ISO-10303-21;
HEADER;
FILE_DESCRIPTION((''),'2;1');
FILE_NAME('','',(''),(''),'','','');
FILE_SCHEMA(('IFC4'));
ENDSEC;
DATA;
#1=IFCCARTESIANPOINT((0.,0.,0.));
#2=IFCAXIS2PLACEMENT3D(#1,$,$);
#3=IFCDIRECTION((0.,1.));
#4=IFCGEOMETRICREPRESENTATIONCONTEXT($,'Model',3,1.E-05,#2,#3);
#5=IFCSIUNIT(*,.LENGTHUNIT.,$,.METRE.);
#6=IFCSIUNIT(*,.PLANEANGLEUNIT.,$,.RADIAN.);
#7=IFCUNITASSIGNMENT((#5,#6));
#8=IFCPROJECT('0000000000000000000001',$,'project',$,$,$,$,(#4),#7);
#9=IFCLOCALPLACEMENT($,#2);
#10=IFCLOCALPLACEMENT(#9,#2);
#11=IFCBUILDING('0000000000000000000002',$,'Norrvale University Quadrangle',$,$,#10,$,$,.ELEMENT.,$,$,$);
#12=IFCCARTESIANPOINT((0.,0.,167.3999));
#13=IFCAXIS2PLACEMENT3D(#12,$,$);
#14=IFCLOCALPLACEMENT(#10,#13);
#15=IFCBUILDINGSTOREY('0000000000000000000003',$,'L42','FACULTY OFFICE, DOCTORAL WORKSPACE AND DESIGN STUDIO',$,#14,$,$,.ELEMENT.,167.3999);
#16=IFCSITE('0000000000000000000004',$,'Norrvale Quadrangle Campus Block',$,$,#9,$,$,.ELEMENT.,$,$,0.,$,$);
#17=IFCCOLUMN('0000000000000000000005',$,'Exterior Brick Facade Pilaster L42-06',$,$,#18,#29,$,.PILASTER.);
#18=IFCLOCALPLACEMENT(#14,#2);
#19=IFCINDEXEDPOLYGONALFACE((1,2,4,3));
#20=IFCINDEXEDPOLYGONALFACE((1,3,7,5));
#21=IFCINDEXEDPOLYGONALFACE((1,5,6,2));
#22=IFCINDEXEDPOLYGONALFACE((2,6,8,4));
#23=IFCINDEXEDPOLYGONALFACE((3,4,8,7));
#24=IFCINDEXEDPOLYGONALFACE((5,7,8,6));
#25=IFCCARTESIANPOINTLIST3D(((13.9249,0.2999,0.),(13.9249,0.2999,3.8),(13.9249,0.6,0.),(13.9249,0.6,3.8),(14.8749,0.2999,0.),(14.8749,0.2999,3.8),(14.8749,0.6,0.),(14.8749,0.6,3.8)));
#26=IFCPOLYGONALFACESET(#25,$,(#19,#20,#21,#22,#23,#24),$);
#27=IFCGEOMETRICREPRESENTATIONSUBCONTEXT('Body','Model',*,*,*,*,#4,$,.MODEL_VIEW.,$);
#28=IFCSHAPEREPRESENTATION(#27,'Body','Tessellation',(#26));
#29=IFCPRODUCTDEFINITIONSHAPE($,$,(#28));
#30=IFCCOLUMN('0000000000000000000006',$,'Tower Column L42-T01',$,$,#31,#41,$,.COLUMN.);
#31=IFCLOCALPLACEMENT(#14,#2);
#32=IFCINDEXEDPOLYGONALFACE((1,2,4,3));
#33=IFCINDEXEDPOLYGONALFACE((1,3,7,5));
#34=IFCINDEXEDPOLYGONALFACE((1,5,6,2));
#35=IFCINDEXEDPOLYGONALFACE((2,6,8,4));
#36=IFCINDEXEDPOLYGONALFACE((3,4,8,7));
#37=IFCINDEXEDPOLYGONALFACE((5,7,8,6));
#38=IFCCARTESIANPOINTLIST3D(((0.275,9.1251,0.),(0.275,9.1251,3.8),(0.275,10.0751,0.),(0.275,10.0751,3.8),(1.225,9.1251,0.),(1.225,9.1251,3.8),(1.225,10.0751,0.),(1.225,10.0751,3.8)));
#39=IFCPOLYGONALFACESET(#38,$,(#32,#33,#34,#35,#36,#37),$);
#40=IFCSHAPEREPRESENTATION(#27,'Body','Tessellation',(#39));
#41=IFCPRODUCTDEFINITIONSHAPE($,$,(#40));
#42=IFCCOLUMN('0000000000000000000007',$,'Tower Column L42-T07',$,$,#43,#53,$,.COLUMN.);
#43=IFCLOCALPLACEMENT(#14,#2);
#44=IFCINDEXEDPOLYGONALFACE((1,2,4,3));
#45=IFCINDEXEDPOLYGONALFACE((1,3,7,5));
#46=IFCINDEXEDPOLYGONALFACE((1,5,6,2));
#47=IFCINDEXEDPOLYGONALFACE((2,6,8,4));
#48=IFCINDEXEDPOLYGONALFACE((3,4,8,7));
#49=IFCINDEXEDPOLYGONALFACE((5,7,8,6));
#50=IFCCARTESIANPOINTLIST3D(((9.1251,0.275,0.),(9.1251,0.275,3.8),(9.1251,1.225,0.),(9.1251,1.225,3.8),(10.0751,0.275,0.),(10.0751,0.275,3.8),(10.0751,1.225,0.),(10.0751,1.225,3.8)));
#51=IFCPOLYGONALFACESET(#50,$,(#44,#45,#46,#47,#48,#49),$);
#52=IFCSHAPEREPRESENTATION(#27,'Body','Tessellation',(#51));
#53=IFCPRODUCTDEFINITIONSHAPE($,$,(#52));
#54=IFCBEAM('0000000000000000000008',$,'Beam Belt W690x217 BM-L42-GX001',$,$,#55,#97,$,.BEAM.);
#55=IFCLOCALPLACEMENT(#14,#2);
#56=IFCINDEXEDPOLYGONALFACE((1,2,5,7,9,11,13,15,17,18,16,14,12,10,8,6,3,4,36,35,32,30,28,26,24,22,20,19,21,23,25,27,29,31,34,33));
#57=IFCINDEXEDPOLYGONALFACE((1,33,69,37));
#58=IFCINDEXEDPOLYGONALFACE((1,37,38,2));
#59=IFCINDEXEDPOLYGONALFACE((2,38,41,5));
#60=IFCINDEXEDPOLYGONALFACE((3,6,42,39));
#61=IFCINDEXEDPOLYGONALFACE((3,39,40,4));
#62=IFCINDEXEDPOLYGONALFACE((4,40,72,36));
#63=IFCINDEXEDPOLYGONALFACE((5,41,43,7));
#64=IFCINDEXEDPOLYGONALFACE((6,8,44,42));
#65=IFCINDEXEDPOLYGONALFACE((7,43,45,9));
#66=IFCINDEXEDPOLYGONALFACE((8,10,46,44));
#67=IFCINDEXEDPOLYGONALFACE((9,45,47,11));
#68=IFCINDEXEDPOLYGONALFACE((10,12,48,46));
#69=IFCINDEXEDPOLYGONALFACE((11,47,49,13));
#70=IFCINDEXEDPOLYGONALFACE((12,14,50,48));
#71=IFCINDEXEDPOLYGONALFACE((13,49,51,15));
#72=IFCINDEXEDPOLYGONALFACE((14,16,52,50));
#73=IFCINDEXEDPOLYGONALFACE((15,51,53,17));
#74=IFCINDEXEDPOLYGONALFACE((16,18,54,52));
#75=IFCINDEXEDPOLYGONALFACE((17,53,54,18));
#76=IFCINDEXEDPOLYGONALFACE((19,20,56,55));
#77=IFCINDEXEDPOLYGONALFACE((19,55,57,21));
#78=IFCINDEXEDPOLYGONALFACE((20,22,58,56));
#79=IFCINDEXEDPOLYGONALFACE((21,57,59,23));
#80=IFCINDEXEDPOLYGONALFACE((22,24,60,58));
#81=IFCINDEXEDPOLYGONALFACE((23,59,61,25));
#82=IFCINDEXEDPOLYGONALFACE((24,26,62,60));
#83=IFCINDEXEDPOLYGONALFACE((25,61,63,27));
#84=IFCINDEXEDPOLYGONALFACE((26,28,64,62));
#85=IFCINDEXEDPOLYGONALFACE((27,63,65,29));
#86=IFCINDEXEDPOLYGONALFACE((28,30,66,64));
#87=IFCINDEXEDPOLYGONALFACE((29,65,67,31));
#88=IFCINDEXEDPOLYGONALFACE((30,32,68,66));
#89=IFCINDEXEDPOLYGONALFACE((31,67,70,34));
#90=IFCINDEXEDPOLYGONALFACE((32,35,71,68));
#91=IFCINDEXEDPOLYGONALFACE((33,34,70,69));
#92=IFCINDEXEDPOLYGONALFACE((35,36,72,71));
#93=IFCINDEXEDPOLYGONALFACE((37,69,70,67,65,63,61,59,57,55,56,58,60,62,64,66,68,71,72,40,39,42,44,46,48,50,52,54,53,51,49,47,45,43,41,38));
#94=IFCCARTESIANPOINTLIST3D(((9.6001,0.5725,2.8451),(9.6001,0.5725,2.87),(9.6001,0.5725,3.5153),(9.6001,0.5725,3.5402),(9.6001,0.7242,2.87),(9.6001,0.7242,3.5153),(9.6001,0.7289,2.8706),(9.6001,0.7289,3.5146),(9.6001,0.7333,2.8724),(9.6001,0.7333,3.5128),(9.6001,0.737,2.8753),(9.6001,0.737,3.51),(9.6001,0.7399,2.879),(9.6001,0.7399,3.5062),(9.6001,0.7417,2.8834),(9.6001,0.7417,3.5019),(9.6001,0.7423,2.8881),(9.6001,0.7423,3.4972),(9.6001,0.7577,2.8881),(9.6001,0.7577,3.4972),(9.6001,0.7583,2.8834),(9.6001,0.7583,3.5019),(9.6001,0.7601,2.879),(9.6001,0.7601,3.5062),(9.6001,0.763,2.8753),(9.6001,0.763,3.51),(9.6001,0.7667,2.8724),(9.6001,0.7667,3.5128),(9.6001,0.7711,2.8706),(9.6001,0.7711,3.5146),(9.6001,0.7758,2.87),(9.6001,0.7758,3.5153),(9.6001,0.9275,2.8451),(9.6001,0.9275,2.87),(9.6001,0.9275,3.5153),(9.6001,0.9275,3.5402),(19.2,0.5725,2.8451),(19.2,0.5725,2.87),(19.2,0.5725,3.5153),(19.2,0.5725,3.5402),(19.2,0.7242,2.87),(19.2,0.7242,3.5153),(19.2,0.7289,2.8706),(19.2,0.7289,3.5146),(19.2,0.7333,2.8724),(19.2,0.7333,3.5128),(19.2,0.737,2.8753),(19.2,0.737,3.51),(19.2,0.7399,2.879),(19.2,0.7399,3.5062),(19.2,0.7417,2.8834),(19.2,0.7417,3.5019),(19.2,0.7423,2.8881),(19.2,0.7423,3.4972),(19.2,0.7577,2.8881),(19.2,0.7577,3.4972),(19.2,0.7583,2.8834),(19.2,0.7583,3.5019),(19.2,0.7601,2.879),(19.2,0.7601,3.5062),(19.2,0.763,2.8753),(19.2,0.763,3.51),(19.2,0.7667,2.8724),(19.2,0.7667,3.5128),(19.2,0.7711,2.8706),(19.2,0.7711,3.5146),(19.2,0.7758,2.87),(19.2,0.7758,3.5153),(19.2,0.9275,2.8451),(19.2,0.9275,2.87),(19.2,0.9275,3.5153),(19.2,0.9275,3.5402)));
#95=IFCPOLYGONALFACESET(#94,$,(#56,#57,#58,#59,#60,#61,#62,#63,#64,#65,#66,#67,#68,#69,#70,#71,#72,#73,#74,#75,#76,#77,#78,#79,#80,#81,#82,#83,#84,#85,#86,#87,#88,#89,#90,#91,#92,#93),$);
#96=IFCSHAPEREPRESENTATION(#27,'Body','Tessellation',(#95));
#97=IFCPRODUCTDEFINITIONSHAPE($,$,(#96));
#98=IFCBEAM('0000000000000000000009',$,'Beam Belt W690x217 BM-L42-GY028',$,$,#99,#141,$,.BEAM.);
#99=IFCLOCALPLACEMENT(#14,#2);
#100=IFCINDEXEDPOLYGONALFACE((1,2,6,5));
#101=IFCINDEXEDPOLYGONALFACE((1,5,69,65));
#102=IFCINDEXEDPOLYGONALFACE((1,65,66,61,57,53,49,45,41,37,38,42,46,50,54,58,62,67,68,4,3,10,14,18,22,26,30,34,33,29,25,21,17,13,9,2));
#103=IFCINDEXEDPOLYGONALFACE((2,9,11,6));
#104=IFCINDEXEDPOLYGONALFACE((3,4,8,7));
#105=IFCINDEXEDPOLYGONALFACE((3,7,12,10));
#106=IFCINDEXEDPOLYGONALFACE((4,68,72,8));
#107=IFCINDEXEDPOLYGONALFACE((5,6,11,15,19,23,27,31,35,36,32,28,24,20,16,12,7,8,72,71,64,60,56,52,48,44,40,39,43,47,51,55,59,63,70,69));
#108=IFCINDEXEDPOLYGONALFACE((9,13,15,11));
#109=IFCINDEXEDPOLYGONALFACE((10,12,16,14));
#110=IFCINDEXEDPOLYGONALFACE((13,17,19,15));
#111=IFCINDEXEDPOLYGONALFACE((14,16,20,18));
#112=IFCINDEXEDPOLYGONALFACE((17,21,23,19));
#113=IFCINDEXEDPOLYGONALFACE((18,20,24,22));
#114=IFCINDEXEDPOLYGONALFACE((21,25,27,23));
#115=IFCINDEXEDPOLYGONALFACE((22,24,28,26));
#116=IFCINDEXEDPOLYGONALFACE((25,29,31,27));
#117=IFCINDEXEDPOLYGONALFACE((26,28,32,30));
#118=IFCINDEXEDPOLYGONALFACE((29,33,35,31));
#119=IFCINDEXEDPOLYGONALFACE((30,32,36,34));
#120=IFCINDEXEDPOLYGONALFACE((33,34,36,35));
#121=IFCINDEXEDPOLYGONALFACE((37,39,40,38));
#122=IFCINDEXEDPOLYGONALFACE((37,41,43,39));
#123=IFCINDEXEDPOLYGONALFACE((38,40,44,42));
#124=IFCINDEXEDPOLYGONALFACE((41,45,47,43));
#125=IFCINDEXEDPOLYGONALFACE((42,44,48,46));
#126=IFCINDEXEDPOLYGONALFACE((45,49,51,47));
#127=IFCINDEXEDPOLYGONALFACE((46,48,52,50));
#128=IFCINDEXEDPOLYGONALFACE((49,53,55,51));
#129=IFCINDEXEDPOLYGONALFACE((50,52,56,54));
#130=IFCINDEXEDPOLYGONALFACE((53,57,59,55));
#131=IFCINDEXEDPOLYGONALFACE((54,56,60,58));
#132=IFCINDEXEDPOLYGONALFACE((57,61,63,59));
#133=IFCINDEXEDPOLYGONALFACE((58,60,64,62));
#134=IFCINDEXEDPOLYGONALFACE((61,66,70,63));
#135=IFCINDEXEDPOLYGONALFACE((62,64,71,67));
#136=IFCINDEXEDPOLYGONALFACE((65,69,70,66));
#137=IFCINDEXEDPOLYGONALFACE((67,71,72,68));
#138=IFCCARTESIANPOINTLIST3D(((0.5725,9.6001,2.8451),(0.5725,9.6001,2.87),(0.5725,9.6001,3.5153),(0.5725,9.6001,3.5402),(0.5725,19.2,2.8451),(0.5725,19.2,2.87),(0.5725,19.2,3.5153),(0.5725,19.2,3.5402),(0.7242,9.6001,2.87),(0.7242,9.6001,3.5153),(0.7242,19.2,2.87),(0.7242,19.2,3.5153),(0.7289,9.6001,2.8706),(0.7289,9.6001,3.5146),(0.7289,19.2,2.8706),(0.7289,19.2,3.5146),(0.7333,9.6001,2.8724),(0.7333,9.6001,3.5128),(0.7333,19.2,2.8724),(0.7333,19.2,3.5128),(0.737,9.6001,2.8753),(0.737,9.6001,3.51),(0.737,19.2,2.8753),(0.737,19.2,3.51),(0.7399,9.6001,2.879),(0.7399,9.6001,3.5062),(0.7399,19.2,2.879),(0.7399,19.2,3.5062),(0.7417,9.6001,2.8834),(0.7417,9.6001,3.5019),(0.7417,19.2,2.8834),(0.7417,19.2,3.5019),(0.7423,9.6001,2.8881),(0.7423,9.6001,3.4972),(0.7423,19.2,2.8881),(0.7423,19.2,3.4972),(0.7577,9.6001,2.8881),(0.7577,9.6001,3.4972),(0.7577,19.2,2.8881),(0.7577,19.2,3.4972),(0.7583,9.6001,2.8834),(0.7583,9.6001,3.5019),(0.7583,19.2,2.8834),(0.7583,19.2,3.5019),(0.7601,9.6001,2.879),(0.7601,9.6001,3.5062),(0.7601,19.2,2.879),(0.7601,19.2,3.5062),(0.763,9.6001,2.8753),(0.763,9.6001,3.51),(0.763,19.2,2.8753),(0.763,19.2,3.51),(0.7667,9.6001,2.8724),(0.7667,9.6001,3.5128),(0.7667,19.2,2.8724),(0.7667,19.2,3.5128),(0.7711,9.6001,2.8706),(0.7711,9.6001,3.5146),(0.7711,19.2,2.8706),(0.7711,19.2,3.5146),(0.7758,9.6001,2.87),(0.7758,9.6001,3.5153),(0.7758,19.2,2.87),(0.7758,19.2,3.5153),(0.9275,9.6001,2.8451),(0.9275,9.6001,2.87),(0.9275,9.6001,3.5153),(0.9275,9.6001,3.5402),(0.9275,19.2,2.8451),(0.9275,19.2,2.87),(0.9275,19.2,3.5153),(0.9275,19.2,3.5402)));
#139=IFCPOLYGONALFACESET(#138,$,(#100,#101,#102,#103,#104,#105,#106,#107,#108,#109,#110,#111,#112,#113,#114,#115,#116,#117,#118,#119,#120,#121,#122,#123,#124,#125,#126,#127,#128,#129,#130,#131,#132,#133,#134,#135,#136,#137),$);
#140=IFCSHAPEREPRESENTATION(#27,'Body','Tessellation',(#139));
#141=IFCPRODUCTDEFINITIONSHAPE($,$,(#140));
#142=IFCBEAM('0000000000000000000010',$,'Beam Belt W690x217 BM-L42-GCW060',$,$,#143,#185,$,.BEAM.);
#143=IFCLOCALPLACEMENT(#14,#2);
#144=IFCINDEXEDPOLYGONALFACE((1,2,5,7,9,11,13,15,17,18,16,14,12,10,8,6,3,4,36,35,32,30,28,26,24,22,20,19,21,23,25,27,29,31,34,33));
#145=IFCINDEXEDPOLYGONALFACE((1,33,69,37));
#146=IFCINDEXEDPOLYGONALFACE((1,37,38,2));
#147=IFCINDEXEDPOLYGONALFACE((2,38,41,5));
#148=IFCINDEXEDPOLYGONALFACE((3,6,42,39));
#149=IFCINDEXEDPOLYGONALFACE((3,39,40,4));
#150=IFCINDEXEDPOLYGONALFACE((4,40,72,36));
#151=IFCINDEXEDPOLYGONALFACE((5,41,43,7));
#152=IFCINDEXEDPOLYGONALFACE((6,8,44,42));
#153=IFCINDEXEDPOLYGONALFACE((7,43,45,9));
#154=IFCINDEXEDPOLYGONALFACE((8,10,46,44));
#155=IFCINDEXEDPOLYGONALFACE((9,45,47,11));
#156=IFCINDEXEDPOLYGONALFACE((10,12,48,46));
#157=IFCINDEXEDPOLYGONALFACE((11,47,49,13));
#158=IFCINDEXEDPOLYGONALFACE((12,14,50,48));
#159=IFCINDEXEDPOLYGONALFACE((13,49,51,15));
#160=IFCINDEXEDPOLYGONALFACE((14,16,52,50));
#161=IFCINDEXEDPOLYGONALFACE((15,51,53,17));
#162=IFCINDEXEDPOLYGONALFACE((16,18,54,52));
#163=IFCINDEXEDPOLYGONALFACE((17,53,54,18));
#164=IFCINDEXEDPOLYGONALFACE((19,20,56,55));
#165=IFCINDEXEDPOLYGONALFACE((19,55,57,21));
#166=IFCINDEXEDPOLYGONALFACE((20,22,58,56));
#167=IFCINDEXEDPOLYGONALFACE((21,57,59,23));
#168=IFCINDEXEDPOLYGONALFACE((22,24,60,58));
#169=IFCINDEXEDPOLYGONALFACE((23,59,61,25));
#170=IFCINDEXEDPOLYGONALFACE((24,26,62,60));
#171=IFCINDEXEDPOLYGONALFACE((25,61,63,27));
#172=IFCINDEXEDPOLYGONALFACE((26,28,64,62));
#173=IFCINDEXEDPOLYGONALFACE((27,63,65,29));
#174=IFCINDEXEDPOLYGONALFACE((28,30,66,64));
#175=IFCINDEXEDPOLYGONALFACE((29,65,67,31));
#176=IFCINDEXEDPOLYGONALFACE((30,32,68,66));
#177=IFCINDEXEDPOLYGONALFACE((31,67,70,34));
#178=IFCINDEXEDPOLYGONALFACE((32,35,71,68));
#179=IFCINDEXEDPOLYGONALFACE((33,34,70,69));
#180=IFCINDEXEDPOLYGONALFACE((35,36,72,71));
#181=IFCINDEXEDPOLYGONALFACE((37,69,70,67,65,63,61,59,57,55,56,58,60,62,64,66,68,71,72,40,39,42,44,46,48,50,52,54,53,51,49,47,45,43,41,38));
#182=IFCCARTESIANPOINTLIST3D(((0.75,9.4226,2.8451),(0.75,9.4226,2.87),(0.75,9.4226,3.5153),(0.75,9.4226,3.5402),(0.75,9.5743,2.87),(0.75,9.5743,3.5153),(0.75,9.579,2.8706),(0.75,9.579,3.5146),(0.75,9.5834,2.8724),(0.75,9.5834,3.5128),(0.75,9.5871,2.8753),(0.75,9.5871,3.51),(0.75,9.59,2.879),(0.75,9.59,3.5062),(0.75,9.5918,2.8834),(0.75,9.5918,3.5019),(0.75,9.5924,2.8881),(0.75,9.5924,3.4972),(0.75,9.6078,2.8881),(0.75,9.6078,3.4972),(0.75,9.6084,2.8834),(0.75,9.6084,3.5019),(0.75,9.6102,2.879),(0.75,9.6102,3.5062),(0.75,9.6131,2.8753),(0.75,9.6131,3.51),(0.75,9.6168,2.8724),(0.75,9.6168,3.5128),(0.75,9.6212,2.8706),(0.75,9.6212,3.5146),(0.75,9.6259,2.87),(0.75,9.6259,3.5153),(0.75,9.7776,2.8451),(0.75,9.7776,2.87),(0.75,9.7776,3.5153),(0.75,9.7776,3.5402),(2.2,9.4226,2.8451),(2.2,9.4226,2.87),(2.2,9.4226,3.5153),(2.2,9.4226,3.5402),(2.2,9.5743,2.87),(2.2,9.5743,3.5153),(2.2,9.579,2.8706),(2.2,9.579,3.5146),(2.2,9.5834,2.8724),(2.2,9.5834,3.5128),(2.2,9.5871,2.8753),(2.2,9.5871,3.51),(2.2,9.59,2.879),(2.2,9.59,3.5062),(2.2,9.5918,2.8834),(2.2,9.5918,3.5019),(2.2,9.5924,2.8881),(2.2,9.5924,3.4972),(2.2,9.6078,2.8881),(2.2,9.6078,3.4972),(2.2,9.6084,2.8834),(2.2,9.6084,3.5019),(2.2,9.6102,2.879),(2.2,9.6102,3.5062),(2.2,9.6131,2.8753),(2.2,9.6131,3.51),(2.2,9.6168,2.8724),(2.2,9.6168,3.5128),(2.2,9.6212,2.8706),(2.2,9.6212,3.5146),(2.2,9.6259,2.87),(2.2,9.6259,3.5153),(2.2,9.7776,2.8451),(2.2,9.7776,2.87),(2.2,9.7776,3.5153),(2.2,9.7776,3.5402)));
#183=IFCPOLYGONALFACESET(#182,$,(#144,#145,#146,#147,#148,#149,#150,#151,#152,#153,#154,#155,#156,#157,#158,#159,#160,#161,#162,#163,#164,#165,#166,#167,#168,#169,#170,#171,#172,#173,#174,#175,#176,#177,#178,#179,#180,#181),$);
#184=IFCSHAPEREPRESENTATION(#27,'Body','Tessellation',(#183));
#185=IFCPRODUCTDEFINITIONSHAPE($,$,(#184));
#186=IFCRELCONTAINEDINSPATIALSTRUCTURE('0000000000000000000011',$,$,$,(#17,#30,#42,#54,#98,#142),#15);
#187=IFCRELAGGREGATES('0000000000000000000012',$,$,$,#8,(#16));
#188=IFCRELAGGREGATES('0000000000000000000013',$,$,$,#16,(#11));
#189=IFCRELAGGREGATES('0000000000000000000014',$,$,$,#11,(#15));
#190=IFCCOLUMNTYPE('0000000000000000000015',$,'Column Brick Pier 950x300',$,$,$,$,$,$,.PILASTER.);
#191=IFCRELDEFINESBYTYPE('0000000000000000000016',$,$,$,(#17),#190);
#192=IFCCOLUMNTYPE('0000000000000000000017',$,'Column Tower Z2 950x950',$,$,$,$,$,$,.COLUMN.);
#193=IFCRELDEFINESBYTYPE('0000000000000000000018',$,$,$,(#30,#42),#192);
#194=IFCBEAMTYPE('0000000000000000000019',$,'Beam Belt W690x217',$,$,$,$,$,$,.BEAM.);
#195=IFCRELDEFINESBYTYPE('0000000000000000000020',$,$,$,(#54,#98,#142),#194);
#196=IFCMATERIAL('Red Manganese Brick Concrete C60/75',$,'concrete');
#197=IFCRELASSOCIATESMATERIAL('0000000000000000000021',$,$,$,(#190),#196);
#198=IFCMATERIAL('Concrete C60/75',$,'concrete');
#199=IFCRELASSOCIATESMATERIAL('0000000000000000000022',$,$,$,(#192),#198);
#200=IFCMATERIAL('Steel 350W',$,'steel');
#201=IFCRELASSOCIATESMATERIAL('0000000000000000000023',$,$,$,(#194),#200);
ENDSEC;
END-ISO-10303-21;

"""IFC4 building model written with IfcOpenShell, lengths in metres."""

from ifc_helpers import new_model, si_unit, direction, frame, origin, origin_2d, place, context, subcontext, project, spatial, rectangle, i_section, extrude, material, material_profile, profile_set, type_object, element, save


model = new_model("IFC4")

# Units and contexts
model_context = context("Model", 3, precision=1e-05, world=origin(), true_north=direction((0.0, 1.0)))
body_context = subcontext(model_context, "Body", "Model", "MODEL_VIEW")
ifc_project = project(units=[si_unit("LENGTHUNIT", "METRE"), si_unit("PLANEANGLEUNIT", "RADIAN")], contexts=[model_context])

# Site, building, storey
site_placement = place(None, origin())
site = spatial("IfcSite", under=ifc_project, at=site_placement, Name="Norrvale Quadrangle Campus Block", CompositionType="ELEMENT", RefElevation=0.0)
building_placement = place(site_placement, origin())
building = spatial("IfcBuilding", under=site, at=building_placement, Name="Norrvale University Quadrangle", CompositionType="ELEMENT")
storey_placement = place(building_placement, frame((0.0, 0.0, 167.3999)))
storey = spatial("IfcBuildingStorey", under=building, at=storey_placement, Name="L42", Description="FACULTY OFFICE, DOCTORAL WORKSPACE AND DESIGN STUDIO", CompositionType="ELEMENT", Elevation=167.3999)

# Columns
ifc_material_1 = material(Name="Red Manganese Brick Concrete C60/75", Category="concrete")
ifc_material_profile_1 = material_profile(ifc_material_1, rectangle(XDim=0.95, YDim=0.3, at=origin_2d()), Name="Red Manganese Brick Concrete C60/75")
ifc_profile_set_1 = profile_set([ifc_material_profile_1], Name="Red Manganese Brick Concrete C60/75")
column_type_1 = type_object("IfcColumnType", Name="Column Brick Pier 950x300", PredefinedType="PILASTER", material=ifc_profile_set_1)
column_placement = place(storey_placement, frame((14.3999, 0.45, 0.0), z_axis=(0.0, 0.0, 1.0), x_axis=(1.0, 0.0, 0.0)))
element("IfcColumn", 1, at=column_placement, inside=storey, type_object=column_type_1, Name="Exterior Brick Facade Pilaster L42-06", PredefinedType="PILASTER", context=body_context, shape_type="SweptSolid", body=[
    extrude(rectangle(XDim=0.95, YDim=0.3, at=origin_2d()), origin(), (0.0, 0.0, 1.0), 3.8),
])
ifc_material_2 = material(Name="Concrete C60/75", Category="concrete")
ifc_material_profile_2 = material_profile(ifc_material_2, rectangle(XDim=0.95, YDim=0.95, at=origin_2d()), Name="Concrete C60/75")
ifc_profile_set_2 = profile_set([ifc_material_profile_2], Name="Concrete C60/75")
column_type_2 = type_object("IfcColumnType", Name="Column Tower Z2 950x950", PredefinedType="COLUMN", material=ifc_profile_set_2)
for number, where, z_axis, x_axis, name in (
    (2, (0.75, 9.6001, 0.0), (0.0, 0.0, 1.0), (1.0, 0.0, 0.0), "Tower Column L42-T01"),
    (3, (9.6001, 0.75, 0.0), (0.0, 0.0, 1.0), (1.0, 0.0, 0.0), "Tower Column L42-T07"),
):
    element("IfcColumn", number, at=place(storey_placement, frame(where, z_axis=z_axis, x_axis=x_axis)), inside=storey, type_object=column_type_2, Name=name, PredefinedType="COLUMN", context=body_context, shape_type="SweptSolid", body=[
        extrude(rectangle(XDim=0.95, YDim=0.95, at=origin_2d()), origin(), (0.0, 0.0, 1.0), 3.8),
    ])

# Beams
ifc_material_3 = material(Name="Steel 350W", Category="steel")
ifc_material_profile_3 = material_profile(ifc_material_3, i_section(OverallWidth=0.355, OverallDepth=0.6951, WebThickness=0.0154, FlangeThickness=0.0249, FilletRadius=0.0181, at=origin_2d()), Name="Steel 350W")
ifc_profile_set_3 = profile_set([ifc_material_profile_3], Name="Steel 350W")
beam_type_1 = type_object("IfcBeamType", Name="Beam Belt W690x217", PredefinedType="BEAM", material=ifc_profile_set_3)
for number, where, z_axis, x_axis, name in (
    (4, (9.6001, 0.75, 3.1926), (1.0, 0.0, 0.0), (0.0, 1.0, 0.0), "Beam Belt W690x217 BM-L42-GX001"),
    (5, (0.75, 9.6001, 3.1926), (0.0, 1.0, 0.0), (-1.0, 0.0, 0.0), "Beam Belt W690x217 BM-L42-GY028"),
):
    element("IfcBeam", number, at=place(storey_placement, frame(where, z_axis=z_axis, x_axis=x_axis)), inside=storey, type_object=beam_type_1, Name=name, PredefinedType="BEAM", context=body_context, shape_type="SweptSolid", body=[
        extrude(i_section(OverallWidth=0.355, OverallDepth=0.6951, WebThickness=0.0154, FlangeThickness=0.0249, FilletRadius=0.0181, at=origin_2d()), origin(), (0.0, 0.0, 1.0), 9.5999),
    ])
beam_1_placement = place(storey_placement, frame((0.75, 9.6001, 3.1926), z_axis=(1.0, 0.0, 0.0), x_axis=(0.0, 1.0, 0.0)))
element("IfcBeam", 6, at=beam_1_placement, inside=storey, type_object=beam_type_1, Name="Beam Belt W690x217 BM-L42-GCW060", PredefinedType="BEAM", context=body_context, shape_type="SweptSolid", body=[
    extrude(i_section(OverallWidth=0.355, OverallDepth=0.6951, WebThickness=0.0154, FlangeThickness=0.0249, FilletRadius=0.0181, at=origin_2d()), origin(), (0.0, 0.0, 1.0), 1.45),
])

save(model, "model.ifc")
